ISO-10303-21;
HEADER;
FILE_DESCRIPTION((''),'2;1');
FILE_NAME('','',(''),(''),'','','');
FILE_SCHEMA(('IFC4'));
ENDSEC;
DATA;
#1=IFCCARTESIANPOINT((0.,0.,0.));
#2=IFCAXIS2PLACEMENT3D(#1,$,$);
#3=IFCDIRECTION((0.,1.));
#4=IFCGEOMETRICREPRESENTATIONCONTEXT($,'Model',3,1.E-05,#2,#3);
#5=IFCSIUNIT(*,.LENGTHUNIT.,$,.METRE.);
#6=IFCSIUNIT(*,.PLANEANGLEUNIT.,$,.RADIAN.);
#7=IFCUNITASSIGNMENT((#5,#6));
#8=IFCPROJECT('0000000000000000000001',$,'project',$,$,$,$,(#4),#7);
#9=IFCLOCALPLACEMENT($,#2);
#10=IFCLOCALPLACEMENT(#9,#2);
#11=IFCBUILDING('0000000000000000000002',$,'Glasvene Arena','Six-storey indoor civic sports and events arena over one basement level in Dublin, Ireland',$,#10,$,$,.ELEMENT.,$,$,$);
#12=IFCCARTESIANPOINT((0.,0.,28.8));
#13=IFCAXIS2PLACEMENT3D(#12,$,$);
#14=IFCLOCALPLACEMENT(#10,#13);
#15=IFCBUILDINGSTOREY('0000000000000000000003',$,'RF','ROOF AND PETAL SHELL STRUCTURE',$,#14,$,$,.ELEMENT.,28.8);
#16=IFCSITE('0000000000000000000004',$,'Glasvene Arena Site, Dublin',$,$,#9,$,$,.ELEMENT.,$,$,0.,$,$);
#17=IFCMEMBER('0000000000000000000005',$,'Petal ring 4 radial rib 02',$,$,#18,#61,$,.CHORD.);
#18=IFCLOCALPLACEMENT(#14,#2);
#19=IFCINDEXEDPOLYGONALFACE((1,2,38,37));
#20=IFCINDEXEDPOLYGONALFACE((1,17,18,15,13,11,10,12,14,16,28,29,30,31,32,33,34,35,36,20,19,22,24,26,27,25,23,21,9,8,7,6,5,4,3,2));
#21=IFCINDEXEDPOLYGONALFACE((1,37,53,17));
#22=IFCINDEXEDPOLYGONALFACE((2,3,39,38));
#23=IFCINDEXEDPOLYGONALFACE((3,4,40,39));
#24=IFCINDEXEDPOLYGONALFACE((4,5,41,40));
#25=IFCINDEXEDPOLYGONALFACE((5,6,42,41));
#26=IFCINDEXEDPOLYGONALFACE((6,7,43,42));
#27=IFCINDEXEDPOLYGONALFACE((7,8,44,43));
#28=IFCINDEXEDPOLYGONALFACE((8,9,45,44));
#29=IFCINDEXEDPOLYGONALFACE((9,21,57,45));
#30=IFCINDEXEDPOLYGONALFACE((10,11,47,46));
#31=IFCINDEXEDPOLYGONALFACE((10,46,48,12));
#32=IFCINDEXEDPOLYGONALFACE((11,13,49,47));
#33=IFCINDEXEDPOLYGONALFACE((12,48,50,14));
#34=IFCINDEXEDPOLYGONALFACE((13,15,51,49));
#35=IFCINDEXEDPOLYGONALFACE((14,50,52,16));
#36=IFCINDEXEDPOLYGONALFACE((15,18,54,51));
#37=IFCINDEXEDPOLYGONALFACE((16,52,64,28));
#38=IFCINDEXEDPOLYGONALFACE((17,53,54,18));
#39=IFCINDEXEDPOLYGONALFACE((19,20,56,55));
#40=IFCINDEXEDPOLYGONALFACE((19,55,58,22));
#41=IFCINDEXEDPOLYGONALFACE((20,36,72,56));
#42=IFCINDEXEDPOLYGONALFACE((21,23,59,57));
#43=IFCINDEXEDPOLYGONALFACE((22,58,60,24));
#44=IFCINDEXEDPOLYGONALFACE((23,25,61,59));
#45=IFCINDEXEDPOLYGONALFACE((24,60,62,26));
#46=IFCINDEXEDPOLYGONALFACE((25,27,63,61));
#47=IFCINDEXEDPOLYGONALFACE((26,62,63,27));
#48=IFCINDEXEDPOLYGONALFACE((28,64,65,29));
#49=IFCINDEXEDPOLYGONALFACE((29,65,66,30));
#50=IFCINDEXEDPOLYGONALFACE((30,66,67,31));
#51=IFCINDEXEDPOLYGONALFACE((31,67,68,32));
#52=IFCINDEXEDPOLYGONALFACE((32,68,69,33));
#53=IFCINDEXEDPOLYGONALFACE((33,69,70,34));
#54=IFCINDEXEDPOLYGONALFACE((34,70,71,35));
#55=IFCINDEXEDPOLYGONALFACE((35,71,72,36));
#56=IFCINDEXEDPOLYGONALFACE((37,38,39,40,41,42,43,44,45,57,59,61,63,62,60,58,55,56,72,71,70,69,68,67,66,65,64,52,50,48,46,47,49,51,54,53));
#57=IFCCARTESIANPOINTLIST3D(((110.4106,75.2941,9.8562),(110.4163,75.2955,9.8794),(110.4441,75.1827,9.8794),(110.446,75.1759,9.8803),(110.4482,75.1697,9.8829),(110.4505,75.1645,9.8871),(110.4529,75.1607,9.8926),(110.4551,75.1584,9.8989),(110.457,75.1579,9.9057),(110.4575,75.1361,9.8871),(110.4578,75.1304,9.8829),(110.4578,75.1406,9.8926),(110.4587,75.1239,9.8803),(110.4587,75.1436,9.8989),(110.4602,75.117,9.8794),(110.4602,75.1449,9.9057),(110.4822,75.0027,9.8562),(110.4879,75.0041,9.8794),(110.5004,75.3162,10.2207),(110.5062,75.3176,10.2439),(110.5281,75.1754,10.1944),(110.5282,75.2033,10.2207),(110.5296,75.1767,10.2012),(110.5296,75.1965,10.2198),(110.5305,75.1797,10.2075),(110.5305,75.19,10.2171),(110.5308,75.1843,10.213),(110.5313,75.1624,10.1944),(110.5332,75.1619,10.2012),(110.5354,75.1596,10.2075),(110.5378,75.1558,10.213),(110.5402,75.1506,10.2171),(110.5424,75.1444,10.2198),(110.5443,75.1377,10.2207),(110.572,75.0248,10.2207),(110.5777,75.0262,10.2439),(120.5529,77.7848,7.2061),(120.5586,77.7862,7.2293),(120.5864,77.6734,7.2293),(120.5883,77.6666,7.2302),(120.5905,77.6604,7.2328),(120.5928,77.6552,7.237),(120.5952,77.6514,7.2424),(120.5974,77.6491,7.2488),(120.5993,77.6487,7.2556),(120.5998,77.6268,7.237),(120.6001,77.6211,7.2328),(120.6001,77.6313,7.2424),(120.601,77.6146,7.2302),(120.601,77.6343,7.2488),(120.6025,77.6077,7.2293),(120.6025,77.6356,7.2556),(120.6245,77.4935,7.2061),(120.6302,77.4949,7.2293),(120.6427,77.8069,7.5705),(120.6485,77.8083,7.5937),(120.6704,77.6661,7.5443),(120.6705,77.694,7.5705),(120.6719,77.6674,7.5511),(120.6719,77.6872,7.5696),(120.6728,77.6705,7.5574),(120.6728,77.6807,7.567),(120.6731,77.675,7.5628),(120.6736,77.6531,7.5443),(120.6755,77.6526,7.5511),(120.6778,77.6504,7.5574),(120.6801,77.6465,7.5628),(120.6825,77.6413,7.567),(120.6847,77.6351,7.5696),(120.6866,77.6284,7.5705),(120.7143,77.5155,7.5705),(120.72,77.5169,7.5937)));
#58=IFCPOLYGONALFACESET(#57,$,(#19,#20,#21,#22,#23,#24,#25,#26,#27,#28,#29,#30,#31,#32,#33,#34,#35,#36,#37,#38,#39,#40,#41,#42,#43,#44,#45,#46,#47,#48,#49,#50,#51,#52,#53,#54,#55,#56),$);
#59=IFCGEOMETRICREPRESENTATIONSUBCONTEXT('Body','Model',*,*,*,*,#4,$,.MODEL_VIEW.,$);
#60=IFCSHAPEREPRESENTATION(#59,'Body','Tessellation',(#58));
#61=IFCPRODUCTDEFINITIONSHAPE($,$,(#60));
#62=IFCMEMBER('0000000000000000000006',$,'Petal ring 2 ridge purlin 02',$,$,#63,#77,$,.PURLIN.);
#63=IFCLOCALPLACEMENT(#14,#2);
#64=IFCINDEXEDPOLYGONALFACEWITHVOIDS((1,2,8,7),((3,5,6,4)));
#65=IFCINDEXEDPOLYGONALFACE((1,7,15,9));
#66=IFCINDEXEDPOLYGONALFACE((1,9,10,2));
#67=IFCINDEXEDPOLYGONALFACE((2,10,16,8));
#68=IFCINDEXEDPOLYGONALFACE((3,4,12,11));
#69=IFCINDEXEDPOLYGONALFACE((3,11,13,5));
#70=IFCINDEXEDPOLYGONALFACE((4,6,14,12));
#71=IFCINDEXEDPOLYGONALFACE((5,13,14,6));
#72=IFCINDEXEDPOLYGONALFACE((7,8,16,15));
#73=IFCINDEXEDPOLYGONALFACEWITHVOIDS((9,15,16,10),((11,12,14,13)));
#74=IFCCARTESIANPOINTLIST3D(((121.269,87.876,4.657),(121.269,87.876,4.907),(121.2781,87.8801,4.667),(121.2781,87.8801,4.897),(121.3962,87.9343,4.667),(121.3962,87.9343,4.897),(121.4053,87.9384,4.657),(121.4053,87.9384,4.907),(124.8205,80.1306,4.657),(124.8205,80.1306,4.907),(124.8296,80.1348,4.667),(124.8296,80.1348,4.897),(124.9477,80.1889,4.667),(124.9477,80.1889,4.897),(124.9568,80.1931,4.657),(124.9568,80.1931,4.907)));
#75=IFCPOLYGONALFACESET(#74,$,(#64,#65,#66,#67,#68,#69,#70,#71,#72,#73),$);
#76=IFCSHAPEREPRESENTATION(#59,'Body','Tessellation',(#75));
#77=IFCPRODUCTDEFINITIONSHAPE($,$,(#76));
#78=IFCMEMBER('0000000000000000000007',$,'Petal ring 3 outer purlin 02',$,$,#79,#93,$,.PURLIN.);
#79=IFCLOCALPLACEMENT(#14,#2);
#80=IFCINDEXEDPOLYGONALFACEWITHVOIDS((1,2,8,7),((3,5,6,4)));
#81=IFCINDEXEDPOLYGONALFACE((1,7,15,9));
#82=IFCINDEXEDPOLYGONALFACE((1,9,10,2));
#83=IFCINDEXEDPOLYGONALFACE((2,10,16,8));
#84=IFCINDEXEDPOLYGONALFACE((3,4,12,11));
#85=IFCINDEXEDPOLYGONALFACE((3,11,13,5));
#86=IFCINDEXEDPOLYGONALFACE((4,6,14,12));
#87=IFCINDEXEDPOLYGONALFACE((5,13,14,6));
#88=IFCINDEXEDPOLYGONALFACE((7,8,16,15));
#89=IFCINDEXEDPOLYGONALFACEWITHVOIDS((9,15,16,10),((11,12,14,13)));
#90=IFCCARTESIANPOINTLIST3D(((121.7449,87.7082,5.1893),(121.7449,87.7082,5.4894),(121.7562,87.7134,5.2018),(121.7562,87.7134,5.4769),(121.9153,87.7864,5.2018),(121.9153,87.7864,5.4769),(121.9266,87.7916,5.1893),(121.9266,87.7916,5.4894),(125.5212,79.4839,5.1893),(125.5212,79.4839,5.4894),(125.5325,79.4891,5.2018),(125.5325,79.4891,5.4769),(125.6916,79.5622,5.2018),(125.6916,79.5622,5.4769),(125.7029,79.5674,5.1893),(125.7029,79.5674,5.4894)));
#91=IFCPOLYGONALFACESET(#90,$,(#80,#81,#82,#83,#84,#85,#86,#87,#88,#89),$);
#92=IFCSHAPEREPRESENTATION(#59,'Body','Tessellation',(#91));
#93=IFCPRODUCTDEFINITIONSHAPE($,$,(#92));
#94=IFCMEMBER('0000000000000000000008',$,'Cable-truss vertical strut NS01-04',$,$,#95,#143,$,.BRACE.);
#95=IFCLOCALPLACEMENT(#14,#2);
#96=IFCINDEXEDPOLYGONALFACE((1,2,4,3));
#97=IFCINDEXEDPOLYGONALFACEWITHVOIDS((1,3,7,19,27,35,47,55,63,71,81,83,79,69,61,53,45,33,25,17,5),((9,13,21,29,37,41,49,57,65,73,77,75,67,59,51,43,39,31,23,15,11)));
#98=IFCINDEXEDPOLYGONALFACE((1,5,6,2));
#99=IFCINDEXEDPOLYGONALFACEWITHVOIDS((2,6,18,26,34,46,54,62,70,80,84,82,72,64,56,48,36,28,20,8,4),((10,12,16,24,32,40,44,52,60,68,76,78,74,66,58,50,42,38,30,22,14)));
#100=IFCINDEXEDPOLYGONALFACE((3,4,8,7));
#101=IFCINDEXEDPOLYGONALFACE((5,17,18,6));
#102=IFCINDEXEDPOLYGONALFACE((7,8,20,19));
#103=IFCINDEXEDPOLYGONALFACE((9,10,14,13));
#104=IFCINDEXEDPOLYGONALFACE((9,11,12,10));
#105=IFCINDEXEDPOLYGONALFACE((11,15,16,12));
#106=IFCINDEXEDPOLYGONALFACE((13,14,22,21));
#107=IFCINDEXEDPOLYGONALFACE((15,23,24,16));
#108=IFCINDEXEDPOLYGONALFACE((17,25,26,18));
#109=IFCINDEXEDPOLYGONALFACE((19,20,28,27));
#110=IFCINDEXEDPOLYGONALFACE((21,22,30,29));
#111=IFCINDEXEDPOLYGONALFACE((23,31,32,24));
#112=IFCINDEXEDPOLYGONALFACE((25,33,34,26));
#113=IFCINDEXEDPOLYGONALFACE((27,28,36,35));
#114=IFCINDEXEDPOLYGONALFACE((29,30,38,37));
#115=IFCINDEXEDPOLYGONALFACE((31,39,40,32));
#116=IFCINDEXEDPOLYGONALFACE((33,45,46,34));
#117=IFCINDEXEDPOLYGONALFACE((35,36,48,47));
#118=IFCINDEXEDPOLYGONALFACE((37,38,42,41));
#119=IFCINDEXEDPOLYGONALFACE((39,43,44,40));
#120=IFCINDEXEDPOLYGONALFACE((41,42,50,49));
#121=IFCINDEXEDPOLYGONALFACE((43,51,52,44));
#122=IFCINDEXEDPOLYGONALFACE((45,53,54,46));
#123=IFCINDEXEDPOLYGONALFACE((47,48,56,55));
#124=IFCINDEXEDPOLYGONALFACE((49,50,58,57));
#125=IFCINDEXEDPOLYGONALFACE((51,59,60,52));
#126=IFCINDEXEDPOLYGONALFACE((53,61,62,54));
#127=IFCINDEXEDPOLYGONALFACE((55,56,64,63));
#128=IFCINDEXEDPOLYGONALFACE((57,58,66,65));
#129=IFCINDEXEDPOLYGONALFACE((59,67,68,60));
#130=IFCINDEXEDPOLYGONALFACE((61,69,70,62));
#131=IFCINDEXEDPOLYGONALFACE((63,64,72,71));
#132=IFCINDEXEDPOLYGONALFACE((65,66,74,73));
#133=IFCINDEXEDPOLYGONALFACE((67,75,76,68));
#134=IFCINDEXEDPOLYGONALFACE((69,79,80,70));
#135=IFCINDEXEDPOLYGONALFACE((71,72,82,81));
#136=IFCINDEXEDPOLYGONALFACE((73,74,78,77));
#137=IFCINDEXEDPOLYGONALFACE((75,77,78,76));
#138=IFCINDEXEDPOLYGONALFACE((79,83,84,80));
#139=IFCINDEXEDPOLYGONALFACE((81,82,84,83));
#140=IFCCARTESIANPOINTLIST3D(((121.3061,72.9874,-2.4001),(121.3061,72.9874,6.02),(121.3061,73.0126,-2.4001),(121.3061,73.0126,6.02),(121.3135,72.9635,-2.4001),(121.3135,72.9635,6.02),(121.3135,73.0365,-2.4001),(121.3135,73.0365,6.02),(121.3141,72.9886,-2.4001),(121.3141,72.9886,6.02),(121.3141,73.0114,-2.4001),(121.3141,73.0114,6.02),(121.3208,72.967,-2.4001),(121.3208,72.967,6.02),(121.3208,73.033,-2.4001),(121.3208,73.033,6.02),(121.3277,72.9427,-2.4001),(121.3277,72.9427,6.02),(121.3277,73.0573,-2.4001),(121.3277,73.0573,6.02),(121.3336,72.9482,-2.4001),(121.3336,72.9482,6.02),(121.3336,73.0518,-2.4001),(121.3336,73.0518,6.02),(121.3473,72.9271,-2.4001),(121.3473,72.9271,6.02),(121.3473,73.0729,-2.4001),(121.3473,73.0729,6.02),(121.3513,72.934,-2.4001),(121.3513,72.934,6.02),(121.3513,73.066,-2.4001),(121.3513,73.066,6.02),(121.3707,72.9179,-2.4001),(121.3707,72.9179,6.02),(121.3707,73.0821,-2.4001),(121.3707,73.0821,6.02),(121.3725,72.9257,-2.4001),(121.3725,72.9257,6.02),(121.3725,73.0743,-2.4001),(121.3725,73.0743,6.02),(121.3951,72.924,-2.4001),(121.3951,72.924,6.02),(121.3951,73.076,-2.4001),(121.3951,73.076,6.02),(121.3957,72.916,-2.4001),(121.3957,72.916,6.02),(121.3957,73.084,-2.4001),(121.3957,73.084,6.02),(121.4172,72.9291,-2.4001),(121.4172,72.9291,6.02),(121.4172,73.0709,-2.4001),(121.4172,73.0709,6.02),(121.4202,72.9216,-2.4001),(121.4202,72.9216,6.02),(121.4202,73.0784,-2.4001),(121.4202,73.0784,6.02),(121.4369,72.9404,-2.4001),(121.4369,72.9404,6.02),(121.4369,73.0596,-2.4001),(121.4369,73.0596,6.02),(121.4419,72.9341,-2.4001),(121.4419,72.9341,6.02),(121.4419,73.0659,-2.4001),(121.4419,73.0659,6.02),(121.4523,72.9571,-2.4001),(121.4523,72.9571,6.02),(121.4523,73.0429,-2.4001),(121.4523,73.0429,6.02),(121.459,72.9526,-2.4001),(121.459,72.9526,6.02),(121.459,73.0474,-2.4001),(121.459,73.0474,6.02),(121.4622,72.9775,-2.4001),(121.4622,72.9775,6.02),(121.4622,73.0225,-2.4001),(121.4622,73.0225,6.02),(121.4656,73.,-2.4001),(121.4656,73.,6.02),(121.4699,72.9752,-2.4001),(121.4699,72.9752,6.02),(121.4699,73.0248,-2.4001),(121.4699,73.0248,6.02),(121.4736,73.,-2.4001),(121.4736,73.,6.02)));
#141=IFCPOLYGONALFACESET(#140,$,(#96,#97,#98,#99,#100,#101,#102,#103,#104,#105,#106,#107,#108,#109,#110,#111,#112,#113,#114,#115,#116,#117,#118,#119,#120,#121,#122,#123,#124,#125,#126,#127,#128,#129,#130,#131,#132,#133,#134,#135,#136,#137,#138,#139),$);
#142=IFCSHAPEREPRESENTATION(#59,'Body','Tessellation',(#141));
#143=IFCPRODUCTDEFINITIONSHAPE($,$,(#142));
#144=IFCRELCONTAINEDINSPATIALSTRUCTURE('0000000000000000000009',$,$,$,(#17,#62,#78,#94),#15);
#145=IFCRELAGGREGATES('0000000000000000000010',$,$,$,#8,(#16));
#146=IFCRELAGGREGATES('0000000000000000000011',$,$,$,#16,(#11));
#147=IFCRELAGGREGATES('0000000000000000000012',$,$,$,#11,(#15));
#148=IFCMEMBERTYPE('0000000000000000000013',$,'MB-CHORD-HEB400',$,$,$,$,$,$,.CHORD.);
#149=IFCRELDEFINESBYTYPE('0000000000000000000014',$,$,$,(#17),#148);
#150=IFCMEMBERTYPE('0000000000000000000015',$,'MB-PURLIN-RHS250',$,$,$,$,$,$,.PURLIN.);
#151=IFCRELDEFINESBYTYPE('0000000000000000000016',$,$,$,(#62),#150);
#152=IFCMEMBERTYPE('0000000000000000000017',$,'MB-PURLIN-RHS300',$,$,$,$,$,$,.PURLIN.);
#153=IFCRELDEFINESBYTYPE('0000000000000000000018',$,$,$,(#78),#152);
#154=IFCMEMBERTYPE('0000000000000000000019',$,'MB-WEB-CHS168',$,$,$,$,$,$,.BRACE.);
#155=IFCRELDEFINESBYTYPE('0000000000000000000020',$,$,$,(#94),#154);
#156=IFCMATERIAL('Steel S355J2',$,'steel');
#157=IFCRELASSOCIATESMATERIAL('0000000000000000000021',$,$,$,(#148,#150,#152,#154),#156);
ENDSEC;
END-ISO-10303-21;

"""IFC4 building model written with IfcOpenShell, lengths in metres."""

from ifc_helpers import new_model, si_unit, direction, frame, origin, origin_2d, place, context, subcontext, project, spatial, hollow_rectangle, hollow_circle, i_section, extrude, material, material_profile, profile_set, type_object, element, save


model = new_model("IFC4")

# Units and contexts
model_context = context("Model", 3, precision=1e-05, world=origin(), true_north=direction((0.0, 1.0)))
body_context = subcontext(model_context, "Body", "Model", "MODEL_VIEW")
ifc_project = project(units=[si_unit("LENGTHUNIT", "METRE"), si_unit("PLANEANGLEUNIT", "RADIAN")], contexts=[model_context])

# Site, building, storey
site_placement = place(None, origin())
site = spatial("IfcSite", under=ifc_project, at=site_placement, Name="Glasvene Arena Site, Dublin", CompositionType="ELEMENT", RefElevation=0.0)
building_placement = place(site_placement, origin())
building = spatial("IfcBuilding", under=site, at=building_placement, Name="Glasvene Arena", Description="Six-storey indoor civic sports and events arena over one basement level in Dublin, Ireland", CompositionType="ELEMENT")
storey_placement = place(building_placement, frame((0.0, 0.0, 28.8)))
storey = spatial("IfcBuildingStorey", under=building, at=storey_placement, Name="RF", Description="ROOF AND PETAL SHELL STRUCTURE", CompositionType="ELEMENT", Elevation=28.8)

# Members
ifc_material_1 = material(Name="Steel S355J2", Category="steel")
ifc_material_profile_1 = material_profile(ifc_material_1, i_section(OverallWidth=0.3, OverallDepth=0.3999, WebThickness=0.0134, FlangeThickness=0.0239, FilletRadius=0.0271, at=origin_2d()), Name="HEB 400")
ifc_profile_set_1 = profile_set([ifc_material_profile_1], Name="Steel S355J2")
member_type_1 = type_object("IfcMemberType", Name="MB-CHORD-HEB400", PredefinedType="CHORD", material=ifc_profile_set_1)
member_1_placement = place(storey_placement, frame((120.6365, 77.6509, 7.3999), z_axis=(-0.941311, -0.231164, 0.24596), x_axis=(0.238491, -0.971145, 0.0)))
element("IfcMember", 1, at=member_1_placement, inside=storey, type_object=member_type_1, Name="Petal ring 4 radial rib 02", PredefinedType="CHORD", context=body_context, shape_type="SweptSolid", body=[
    extrude(i_section(OverallWidth=0.3, OverallDepth=0.3999, WebThickness=0.0134, FlangeThickness=0.0239, FilletRadius=0.0271, at=origin_2d()), origin(), (0.0, 0.0, 1.0), 10.7747),
])
ifc_material_profile_2 = material_profile(ifc_material_1, hollow_rectangle(XDim=0.1499, YDim=0.25, WallThickness=0.01, at=origin_2d()), Name="RHS 250x150x10.0")
ifc_profile_set_2 = profile_set([ifc_material_profile_2], Name="Steel S355J2")
member_type_2 = type_object("IfcMemberType", Name="MB-PURLIN-RHS250", PredefinedType="PURLIN", material=ifc_profile_set_2)
member_2_placement = place(storey_placement, frame((124.8887, 80.1619, 4.782), z_axis=(-0.416806, 0.908996, 0.0), x_axis=(-0.908996, -0.416806, 0.0)))
element("IfcMember", 2, at=member_2_placement, inside=storey, type_object=member_type_2, Name="Petal ring 2 ridge purlin 02", PredefinedType="PURLIN", context=body_context, shape_type="SweptSolid", body=[
    extrude(hollow_rectangle(XDim=0.1499, YDim=0.25, WallThickness=0.01, at=origin_2d()), origin(), (0.0, 0.0, 1.0), 8.5208),
])
ifc_material_profile_3 = material_profile(ifc_material_1, hollow_rectangle(XDim=0.2, YDim=0.3, WallThickness=0.0125, at=origin_2d()), Name="RHS 300x200x12.5")
ifc_profile_set_3 = profile_set([ifc_material_profile_3], Name="Steel S355J2")
member_type_3 = type_object("IfcMemberType", Name="MB-PURLIN-RHS300", PredefinedType="PURLIN", material=ifc_profile_set_3)
member_3_placement = place(storey_placement, frame((125.6121, 79.5256, 5.3394), z_axis=(-0.417282, 0.908777, 0.0), x_axis=(-0.908777, -0.417282, 0.0)))
element("IfcMember", 3, at=member_3_placement, inside=storey, type_object=member_type_3, Name="Petal ring 3 outer purlin 02", PredefinedType="PURLIN", context=body_context, shape_type="SweptSolid", body=[
    extrude(hollow_rectangle(XDim=0.2, YDim=0.3, WallThickness=0.0125, at=origin_2d()), origin(), (0.0, 0.0, 1.0), 9.0498),
])
ifc_material_profile_4 = material_profile(ifc_material_1, hollow_circle(Radius=0.0842, WallThickness=0.0081, at=origin_2d()), Name="CHS 168.3x8.0")
ifc_profile_set_4 = profile_set([ifc_material_profile_4], Name="Steel S355J2")
member_type_4 = type_object("IfcMemberType", Name="MB-WEB-CHS168", PredefinedType="BRACE", material=ifc_profile_set_4)
member_4_placement = place(storey_placement, frame((121.3894, 73.0, -2.4001), z_axis=(0.0, 0.0, 1.0), x_axis=(1.0, 0.0, 0.0)))
element("IfcMember", 4, at=member_4_placement, inside=storey, type_object=member_type_4, Name="Cable-truss vertical strut NS01-04", PredefinedType="BRACE", context=body_context, shape_type="SweptSolid", body=[
    extrude(hollow_circle(Radius=0.0842, WallThickness=0.0081, at=origin_2d()), origin(), (0.0, 0.0, 1.0), 8.4202),
])

save(model, "model.ifc")
